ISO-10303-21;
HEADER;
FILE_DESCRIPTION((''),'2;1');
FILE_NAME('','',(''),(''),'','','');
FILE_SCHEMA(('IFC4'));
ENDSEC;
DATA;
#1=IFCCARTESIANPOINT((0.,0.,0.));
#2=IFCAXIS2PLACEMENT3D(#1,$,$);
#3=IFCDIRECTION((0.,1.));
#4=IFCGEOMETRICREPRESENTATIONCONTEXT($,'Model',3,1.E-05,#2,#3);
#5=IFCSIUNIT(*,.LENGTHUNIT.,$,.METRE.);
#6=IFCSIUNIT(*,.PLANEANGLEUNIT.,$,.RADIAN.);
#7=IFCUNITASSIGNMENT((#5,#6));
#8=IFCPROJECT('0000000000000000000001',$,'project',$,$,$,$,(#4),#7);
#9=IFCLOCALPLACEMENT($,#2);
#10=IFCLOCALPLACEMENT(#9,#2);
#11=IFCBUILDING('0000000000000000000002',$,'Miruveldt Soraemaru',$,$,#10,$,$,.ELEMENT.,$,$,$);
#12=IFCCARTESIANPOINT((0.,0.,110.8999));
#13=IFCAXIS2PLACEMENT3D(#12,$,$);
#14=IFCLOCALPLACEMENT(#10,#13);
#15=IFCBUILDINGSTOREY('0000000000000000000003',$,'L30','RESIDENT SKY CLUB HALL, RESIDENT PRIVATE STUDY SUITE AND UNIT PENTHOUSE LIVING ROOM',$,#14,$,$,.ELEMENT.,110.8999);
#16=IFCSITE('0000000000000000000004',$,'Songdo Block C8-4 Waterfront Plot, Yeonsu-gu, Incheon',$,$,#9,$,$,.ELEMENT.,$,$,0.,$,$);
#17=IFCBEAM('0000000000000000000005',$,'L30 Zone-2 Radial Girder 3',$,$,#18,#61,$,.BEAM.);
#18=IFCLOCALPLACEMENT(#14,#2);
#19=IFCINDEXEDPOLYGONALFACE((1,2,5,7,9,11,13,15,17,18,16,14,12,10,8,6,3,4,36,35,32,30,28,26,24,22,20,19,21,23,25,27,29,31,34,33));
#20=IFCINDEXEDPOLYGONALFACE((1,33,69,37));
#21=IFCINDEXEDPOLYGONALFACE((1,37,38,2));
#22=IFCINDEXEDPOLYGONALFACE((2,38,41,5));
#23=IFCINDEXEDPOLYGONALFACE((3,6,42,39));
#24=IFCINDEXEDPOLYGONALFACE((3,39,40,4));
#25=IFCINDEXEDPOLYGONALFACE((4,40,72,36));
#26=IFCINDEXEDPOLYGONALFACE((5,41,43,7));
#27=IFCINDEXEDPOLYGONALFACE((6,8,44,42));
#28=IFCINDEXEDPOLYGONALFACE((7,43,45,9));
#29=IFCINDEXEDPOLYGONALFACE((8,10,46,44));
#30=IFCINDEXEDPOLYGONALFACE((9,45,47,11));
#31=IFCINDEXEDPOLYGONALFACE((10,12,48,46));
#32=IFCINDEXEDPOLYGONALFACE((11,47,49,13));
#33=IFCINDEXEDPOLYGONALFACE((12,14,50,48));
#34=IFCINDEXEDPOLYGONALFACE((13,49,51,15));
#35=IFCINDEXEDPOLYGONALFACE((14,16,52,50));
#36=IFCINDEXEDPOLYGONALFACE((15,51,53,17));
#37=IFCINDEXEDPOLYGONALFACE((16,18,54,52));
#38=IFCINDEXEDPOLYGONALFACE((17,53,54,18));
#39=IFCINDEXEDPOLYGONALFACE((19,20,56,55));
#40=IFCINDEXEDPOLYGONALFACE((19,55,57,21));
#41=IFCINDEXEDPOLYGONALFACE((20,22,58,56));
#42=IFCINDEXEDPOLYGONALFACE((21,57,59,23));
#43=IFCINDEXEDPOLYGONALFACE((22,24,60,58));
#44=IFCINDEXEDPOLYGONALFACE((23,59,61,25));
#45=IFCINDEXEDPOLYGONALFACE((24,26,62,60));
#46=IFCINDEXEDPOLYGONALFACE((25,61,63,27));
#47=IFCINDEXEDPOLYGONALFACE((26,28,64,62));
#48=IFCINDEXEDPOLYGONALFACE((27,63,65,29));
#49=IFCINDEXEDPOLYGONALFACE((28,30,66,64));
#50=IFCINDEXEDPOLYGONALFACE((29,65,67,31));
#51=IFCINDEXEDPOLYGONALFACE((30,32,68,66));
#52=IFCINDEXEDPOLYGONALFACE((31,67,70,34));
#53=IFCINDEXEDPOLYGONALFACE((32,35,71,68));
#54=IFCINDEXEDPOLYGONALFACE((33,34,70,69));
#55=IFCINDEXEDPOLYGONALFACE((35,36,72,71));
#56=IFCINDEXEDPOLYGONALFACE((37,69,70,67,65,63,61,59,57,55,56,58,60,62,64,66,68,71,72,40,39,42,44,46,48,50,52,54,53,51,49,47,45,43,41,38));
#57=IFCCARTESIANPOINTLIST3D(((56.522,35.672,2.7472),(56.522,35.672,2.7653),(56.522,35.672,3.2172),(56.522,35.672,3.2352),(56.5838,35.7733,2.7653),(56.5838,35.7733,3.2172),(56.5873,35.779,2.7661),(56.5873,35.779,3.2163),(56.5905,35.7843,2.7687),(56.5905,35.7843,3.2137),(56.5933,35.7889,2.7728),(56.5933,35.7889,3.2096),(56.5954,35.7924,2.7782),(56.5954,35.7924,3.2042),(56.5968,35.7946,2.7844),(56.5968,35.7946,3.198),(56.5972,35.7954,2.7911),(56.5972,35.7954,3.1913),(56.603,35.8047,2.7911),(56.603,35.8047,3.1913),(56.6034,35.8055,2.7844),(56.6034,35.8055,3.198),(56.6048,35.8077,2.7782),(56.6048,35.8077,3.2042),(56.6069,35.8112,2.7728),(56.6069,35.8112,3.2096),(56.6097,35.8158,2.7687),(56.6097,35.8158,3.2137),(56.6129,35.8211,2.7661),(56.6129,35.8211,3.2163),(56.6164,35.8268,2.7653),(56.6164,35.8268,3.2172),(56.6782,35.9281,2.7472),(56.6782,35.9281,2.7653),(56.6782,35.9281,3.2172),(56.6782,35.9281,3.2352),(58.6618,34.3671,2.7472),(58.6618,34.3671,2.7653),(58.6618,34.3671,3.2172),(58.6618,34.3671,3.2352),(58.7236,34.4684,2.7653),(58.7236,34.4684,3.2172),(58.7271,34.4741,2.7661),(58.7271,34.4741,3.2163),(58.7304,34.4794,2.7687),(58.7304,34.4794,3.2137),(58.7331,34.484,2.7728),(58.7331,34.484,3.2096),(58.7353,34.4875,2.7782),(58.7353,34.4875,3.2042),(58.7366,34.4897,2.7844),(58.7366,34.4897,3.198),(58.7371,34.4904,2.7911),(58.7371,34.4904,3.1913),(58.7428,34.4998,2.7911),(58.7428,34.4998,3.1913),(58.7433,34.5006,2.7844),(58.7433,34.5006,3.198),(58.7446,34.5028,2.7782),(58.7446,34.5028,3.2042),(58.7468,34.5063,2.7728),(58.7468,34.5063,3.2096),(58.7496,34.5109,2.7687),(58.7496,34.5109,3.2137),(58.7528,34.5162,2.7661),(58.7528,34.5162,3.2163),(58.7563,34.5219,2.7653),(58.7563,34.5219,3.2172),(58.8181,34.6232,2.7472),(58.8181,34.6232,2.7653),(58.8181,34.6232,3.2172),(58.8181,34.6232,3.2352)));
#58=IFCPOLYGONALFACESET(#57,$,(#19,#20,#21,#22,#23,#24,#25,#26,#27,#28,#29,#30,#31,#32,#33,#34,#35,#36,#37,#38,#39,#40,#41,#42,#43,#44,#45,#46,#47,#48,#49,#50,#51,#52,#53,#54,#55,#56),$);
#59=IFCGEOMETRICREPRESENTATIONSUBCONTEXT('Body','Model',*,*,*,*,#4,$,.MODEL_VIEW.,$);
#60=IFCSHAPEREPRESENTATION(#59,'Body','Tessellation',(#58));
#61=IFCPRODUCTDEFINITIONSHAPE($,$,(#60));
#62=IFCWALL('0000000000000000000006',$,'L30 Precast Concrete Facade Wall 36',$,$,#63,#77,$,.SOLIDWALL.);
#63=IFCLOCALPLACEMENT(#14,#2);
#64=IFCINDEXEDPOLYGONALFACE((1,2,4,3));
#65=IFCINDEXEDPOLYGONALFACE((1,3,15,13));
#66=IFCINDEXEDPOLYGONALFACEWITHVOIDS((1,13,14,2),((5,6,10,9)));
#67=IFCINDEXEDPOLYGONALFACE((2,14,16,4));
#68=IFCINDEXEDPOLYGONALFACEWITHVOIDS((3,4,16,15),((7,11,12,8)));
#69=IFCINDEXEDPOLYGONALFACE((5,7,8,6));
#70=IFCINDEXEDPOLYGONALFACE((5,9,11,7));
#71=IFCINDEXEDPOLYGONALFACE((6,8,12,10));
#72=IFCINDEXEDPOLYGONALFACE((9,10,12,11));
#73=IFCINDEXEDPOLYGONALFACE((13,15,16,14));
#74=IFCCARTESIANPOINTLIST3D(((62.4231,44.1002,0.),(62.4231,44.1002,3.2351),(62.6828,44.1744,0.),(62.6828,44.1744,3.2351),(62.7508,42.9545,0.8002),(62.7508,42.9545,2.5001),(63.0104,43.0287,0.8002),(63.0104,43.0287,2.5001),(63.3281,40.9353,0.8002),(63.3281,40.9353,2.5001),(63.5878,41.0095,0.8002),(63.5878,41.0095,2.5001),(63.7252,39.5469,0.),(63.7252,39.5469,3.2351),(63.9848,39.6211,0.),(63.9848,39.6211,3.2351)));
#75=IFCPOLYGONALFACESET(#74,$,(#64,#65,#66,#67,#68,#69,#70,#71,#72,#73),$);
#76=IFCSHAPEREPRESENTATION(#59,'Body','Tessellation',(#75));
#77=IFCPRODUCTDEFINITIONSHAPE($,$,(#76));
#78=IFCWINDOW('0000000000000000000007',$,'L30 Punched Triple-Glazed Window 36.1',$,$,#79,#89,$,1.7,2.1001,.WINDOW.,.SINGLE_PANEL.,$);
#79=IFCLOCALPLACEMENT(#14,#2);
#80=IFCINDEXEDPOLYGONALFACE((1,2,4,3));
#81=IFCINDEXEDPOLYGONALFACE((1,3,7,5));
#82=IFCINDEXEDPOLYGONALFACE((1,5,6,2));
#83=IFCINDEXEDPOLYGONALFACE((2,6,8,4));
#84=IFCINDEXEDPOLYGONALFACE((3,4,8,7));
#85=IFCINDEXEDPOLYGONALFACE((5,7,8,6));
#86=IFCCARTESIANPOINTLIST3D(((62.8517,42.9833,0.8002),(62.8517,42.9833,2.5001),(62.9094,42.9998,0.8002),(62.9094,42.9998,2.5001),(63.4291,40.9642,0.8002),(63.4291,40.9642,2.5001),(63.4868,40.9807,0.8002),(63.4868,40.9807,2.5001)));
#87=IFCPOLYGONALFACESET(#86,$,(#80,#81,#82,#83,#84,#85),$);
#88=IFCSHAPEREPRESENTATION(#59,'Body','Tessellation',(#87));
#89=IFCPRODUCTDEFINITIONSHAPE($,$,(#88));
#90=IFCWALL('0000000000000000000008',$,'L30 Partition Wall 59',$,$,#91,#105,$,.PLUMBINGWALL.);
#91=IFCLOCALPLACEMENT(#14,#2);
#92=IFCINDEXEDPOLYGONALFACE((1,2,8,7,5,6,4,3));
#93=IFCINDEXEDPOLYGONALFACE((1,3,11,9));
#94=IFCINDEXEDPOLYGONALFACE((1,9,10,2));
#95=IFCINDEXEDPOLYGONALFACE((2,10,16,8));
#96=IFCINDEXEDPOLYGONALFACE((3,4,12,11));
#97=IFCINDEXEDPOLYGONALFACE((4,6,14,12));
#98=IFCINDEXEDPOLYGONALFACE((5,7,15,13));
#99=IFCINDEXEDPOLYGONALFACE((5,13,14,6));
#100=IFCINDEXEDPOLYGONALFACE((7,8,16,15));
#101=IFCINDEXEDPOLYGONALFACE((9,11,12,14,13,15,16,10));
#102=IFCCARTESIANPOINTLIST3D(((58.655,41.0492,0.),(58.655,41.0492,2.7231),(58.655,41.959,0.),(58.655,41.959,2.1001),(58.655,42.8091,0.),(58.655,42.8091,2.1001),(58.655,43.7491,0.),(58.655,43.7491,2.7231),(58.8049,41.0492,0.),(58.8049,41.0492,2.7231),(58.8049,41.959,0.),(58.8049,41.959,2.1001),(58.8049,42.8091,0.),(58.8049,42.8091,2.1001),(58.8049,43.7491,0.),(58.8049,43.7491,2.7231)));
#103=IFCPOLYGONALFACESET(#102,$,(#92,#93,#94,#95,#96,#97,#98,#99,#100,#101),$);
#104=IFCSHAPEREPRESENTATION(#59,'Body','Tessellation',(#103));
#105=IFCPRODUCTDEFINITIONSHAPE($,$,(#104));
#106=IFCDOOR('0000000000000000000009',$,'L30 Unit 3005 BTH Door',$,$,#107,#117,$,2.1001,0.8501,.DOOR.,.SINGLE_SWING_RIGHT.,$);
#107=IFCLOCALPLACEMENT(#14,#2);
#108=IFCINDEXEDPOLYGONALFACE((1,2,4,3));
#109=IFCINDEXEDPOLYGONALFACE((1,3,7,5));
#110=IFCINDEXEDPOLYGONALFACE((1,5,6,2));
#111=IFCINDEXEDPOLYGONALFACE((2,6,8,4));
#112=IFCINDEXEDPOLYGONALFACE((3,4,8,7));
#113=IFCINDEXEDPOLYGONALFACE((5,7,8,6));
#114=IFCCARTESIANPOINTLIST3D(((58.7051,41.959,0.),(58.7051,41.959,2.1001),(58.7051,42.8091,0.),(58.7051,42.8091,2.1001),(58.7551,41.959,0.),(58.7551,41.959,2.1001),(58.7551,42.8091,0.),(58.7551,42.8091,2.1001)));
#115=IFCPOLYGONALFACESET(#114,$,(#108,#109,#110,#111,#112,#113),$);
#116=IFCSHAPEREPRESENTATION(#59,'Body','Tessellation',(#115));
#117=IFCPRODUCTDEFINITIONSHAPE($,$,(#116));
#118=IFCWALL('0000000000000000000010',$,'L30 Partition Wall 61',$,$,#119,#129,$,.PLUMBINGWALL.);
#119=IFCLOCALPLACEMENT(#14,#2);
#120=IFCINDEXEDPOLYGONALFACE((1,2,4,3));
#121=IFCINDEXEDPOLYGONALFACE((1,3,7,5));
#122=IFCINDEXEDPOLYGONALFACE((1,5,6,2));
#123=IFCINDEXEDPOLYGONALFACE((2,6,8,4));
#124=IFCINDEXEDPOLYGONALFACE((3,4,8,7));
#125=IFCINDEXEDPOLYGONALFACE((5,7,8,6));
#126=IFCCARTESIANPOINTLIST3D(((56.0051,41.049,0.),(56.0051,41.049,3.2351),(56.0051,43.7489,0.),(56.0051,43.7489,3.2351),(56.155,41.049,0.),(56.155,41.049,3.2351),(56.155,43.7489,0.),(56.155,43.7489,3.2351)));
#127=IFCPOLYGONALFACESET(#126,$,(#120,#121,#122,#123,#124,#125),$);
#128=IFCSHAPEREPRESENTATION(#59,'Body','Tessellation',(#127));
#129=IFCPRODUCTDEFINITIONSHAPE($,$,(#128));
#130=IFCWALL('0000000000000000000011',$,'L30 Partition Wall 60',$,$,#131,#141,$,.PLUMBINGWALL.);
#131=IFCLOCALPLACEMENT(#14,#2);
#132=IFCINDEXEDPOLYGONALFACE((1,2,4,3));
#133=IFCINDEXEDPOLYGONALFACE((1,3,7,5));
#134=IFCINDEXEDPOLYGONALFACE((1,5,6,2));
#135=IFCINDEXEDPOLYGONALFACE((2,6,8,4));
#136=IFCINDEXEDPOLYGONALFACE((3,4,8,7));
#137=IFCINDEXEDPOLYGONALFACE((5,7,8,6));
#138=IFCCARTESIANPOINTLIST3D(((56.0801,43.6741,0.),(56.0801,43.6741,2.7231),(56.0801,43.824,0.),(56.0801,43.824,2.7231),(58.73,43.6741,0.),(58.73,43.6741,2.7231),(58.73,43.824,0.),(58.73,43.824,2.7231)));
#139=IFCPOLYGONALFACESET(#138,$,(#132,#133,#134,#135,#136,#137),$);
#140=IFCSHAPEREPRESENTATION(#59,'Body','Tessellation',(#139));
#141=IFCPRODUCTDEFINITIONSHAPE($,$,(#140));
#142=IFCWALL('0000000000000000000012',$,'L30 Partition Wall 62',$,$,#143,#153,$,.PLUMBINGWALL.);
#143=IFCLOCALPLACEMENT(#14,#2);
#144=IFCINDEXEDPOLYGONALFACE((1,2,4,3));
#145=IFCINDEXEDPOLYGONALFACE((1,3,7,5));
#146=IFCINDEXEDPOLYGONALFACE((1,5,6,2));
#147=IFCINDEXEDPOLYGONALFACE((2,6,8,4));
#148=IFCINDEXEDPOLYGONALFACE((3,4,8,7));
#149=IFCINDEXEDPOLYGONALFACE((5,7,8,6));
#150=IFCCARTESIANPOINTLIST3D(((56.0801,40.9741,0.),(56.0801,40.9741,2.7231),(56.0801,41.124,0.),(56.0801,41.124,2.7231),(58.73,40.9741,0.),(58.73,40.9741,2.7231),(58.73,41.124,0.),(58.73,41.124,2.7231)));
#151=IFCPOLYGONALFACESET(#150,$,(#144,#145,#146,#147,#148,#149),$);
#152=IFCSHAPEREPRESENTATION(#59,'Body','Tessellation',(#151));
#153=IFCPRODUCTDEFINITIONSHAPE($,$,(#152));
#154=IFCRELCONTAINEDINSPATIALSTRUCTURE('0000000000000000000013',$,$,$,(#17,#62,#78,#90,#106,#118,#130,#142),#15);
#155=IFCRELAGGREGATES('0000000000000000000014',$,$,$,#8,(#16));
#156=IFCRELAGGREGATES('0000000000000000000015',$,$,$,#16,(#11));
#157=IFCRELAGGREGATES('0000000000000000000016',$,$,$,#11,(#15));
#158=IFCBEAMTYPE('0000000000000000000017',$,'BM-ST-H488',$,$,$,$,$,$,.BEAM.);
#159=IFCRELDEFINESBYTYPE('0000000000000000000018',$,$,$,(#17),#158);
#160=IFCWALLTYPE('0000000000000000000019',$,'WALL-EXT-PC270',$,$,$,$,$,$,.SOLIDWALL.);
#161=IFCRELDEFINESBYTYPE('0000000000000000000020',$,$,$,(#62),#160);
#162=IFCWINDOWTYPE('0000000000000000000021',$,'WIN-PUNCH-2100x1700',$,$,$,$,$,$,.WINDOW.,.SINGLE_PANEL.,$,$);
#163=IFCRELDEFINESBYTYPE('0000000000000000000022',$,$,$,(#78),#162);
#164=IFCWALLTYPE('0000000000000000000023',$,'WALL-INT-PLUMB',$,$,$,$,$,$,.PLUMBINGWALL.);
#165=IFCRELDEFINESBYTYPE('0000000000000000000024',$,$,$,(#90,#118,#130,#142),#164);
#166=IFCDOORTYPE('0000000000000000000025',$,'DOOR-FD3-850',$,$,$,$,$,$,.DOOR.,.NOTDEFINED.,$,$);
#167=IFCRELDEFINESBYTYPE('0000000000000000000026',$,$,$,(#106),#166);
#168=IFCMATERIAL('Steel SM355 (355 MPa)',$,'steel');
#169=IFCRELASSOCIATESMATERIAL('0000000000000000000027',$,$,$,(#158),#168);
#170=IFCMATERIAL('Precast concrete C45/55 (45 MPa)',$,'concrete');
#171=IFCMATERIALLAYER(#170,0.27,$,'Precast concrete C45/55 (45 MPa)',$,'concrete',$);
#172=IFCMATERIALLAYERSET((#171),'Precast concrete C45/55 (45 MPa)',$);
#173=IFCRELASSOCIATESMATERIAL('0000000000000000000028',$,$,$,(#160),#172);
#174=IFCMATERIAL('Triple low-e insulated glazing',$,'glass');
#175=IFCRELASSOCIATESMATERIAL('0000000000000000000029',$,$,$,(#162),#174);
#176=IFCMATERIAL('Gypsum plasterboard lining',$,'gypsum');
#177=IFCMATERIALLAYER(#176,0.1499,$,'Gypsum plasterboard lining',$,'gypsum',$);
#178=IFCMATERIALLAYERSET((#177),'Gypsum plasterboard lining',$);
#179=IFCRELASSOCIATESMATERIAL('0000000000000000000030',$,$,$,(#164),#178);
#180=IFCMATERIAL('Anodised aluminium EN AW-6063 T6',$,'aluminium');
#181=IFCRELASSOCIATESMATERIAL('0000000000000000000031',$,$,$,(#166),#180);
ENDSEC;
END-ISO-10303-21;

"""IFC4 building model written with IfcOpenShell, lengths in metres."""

from ifc_helpers import new_model, si_unit, direction, frame, frame_2d, origin, origin_2d, place, context, subcontext, project, spatial, rectangle, i_section, extrude, material, layer, layer_set, material_profile, profile_set, type_object, element, fill, save


model = new_model("IFC4")

# Units and contexts
model_context = context("Model", 3, precision=1e-05, world=origin(), true_north=direction((0.0, 1.0)))
body_context = subcontext(model_context, "Body", "Model", "MODEL_VIEW")
ifc_project = project(units=[si_unit("LENGTHUNIT", "METRE"), si_unit("PLANEANGLEUNIT", "RADIAN")], contexts=[model_context])

# Site, building, storey
site_placement = place(None, origin())
site = spatial("IfcSite", under=ifc_project, at=site_placement, Name="Songdo Block C8-4 Waterfront Plot, Yeonsu-gu, Incheon", CompositionType="ELEMENT", RefElevation=0.0)
building_placement = place(site_placement, origin())
building = spatial("IfcBuilding", under=site, at=building_placement, Name="Miruveldt Soraemaru", CompositionType="ELEMENT")
storey_placement = place(building_placement, frame((0.0, 0.0, 110.8999)))
storey = spatial("IfcBuildingStorey", under=building, at=storey_placement, Name="L30", Description="RESIDENT SKY CLUB HALL, RESIDENT PRIVATE STUDY SUITE AND UNIT PENTHOUSE LIVING ROOM", CompositionType="ELEMENT", Elevation=110.8999)

# Beam
ifc_material_1 = material(Name="Steel SM355 (355 MPa)", Category="steel")
ifc_material_profile_1 = material_profile(ifc_material_1, i_section(OverallWidth=0.3, OverallDepth=0.488, WebThickness=0.011, FlangeThickness=0.0181, FilletRadius=0.0259, at=origin_2d()), Name="Steel SM355 (355 MPa)", Category="steel")
ifc_profile_set_1 = profile_set([ifc_material_profile_1], Name="Steel SM355 (355 MPa)")
beam_type_1 = type_object("IfcBeamType", Name="BM-ST-H488", PredefinedType="BEAM", material=ifc_profile_set_1)
beam_1_placement = place(storey_placement, frame((56.6001, 35.8, 2.9912), z_axis=(0.853775, -0.520642, 0.0), x_axis=(0.520642, 0.853775, 0.0)))
element("IfcBeam", 1, at=beam_1_placement, inside=storey, type_object=beam_type_1, Name="L30 Zone-2 Radial Girder 3", PredefinedType="BEAM", context=body_context, shape_type="SweptSolid", body=[
    extrude(i_section(OverallWidth=0.3, OverallDepth=0.488, WebThickness=0.011, FlangeThickness=0.0181, FilletRadius=0.0259, at=origin_2d()), origin(), (0.0, 0.0, 1.0), 2.5063),
])

# Wall, opening, window
ifc_material_2 = material(Name="Precast concrete C45/55 (45 MPa)", Category="concrete")
ifc_layer_1 = layer(ifc_material_2, 0.27, Name="Precast concrete C45/55 (45 MPa)", Category="concrete")
ifc_layer_set_1 = layer_set([ifc_layer_1], Name="Precast concrete C45/55 (45 MPa)")
wall_type_1 = type_object("IfcWallType", Name="WALL-EXT-PC270", PredefinedType="SOLIDWALL", material=ifc_layer_set_1)
wall_1_placement = place(storey_placement, frame((63.855, 39.584, 0.0), z_axis=(0.0, 0.0, 1.0), x_axis=(-0.274932, 0.961464, 0.0)))
wall_1 = element("IfcWall", 2, at=wall_1_placement, inside=storey, type_object=wall_type_1, Name="L30 Precast Concrete Facade Wall 36", PredefinedType="SOLIDWALL", context=body_context, shape_type="SweptSolid", body=[
    extrude(rectangle(XDim=4.7358, YDim=0.27, at=frame_2d((2.3679, 0.0))), origin(), (0.0, 0.0, 1.0), 3.2351),
])
opening_1_placement = place(wall_1_placement, frame((1.4441, 0.0, 0.8)))
opening_1 = element("IfcOpeningElement", 3, at=opening_1_placement, cuts=wall_1, PredefinedType="OPENING", context=body_context, shape_type="SweptSolid", body=[
    extrude(rectangle(XDim=2.1001, YDim=1.7, at=frame_2d((1.05, 0.8501))), frame((0.0, 0.145, 0.0), z_axis=(0.0, -1.0, 0.0), x_axis=(1.0, 0.0, 0.0)), (0.0, 0.0, 1.0), 0.29),
])
ifc_material_3 = material(Name="Triple low-e insulated glazing", Category="glass")
window_type = type_object("IfcWindowType", Name="WIN-PUNCH-2100x1700", PartitioningType="SINGLE_PANEL", PredefinedType="WINDOW", material=ifc_material_3)
window_placement = place(opening_1_placement, origin())
window = element("IfcWindow", 4, at=window_placement, inside=storey, type_object=window_type, Name="L30 Punched Triple-Glazed Window 36.1", OverallHeight=1.7, OverallWidth=2.1001, PartitioningType="SINGLE_PANEL", PredefinedType="WINDOW", context=body_context, shape_type="SweptSolid", body=[
    extrude(rectangle(XDim=2.1001, YDim=1.7, at=frame_2d((1.05, 0.8501))), frame((0.0, 0.03, 0.0), z_axis=(0.0, -1.0, 0.0), x_axis=(1.0, 0.0, 0.0)), (0.0, 0.0, 1.0), 0.0601),
])
fill(opening_1, window)

# Wall, opening, door
ifc_material_4 = material(Name="Gypsum plasterboard lining", Category="gypsum")
ifc_layer_2 = layer(ifc_material_4, 0.1499, Name="Gypsum plasterboard lining", Category="gypsum")
ifc_layer_set_2 = layer_set([ifc_layer_2], Name="Gypsum plasterboard lining")
wall_type_2 = type_object("IfcWallType", Name="WALL-INT-PLUMB", PredefinedType="PLUMBINGWALL", material=ifc_layer_set_2)
wall_2_placement = place(storey_placement, frame((58.73, 41.0491, 0.0), z_axis=(0.0, 0.0, 1.0), x_axis=(0.0, 1.0, 0.0)))
wall_2 = element("IfcWall", 5, at=wall_2_placement, inside=storey, type_object=wall_type_2, Name="L30 Partition Wall 59", PredefinedType="PLUMBINGWALL", context=body_context, shape_type="SweptSolid", body=[
    extrude(rectangle(XDim=2.7, YDim=0.1499, at=frame_2d((1.3501, 0.0))), origin(), (0.0, 0.0, 1.0), 2.7231),
])
opening_2_placement = place(wall_2_placement, frame((0.9099, 0.0, 0.0)))
opening_2 = element("IfcOpeningElement", 6, at=opening_2_placement, cuts=wall_2, PredefinedType="OPENING", context=body_context, shape_type="SweptSolid", body=[
    extrude(rectangle(XDim=0.8501, YDim=2.1001, at=frame_2d((0.425, 1.05))), frame((0.0, 0.085, 0.0), z_axis=(0.0, -1.0, 0.0), x_axis=(1.0, 0.0, 0.0)), (0.0, 0.0, 1.0), 0.1699),
])
ifc_material_5 = material(Name="Anodised aluminium EN AW-6063 T6", Category="aluminium")
door_type_1 = type_object("IfcDoorType", Name="DOOR-FD3-850", OperationType="NOTDEFINED", PredefinedType="DOOR", material=ifc_material_5)
door_1_placement = place(opening_2_placement, origin())
door_1 = element("IfcDoor", 7, at=door_1_placement, inside=storey, type_object=door_type_1, Name="L30 Unit 3005 BTH Door", OperationType="SINGLE_SWING_RIGHT", OverallHeight=2.1001, OverallWidth=0.8501, PredefinedType="DOOR", context=body_context, shape_type="SweptSolid", body=[
    extrude(rectangle(XDim=0.8501, YDim=2.1001, at=frame_2d((0.425, 1.05))), frame((0.0, 0.0249, 0.0), z_axis=(0.0, -1.0, 0.0), x_axis=(1.0, 0.0, 0.0)), (0.0, 0.0, 1.0), 0.05),
])
fill(opening_2, door_1)

# Walls
wall_3_placement = place(storey_placement, frame((56.0801, 43.749, 0.0), z_axis=(0.0, 0.0, 1.0), x_axis=(0.0, -1.0, 0.0)))
element("IfcWall", 8, at=wall_3_placement, inside=storey, type_object=wall_type_2, Name="L30 Partition Wall 61", PredefinedType="PLUMBINGWALL", context=body_context, shape_type="SweptSolid", body=[
    extrude(rectangle(XDim=2.7, YDim=0.1499, at=frame_2d((1.3501, 0.0))), origin(), (0.0, 0.0, 1.0), 3.2351),
])
for number, where, z_axis, x_axis, name in (
    (9, (58.73, 43.749, 0.0), (0.0, 0.0, 1.0), (-1.0, 0.0, 0.0), "L30 Partition Wall 60"),
    (10, (56.0801, 41.0491, 0.0), (0.0, 0.0, 1.0), (1.0, 0.0, 0.0), "L30 Partition Wall 62"),
):
    element("IfcWall", number, at=place(storey_placement, frame(where, z_axis=z_axis, x_axis=x_axis)), inside=storey, type_object=wall_type_2, Name=name, PredefinedType="PLUMBINGWALL", context=body_context, shape_type="SweptSolid", body=[
        extrude(rectangle(XDim=2.6499, YDim=0.1499, at=frame_2d((1.325, 0.0))), origin(), (0.0, 0.0, 1.0), 2.7231),
    ])

save(model, "model.ifc")
